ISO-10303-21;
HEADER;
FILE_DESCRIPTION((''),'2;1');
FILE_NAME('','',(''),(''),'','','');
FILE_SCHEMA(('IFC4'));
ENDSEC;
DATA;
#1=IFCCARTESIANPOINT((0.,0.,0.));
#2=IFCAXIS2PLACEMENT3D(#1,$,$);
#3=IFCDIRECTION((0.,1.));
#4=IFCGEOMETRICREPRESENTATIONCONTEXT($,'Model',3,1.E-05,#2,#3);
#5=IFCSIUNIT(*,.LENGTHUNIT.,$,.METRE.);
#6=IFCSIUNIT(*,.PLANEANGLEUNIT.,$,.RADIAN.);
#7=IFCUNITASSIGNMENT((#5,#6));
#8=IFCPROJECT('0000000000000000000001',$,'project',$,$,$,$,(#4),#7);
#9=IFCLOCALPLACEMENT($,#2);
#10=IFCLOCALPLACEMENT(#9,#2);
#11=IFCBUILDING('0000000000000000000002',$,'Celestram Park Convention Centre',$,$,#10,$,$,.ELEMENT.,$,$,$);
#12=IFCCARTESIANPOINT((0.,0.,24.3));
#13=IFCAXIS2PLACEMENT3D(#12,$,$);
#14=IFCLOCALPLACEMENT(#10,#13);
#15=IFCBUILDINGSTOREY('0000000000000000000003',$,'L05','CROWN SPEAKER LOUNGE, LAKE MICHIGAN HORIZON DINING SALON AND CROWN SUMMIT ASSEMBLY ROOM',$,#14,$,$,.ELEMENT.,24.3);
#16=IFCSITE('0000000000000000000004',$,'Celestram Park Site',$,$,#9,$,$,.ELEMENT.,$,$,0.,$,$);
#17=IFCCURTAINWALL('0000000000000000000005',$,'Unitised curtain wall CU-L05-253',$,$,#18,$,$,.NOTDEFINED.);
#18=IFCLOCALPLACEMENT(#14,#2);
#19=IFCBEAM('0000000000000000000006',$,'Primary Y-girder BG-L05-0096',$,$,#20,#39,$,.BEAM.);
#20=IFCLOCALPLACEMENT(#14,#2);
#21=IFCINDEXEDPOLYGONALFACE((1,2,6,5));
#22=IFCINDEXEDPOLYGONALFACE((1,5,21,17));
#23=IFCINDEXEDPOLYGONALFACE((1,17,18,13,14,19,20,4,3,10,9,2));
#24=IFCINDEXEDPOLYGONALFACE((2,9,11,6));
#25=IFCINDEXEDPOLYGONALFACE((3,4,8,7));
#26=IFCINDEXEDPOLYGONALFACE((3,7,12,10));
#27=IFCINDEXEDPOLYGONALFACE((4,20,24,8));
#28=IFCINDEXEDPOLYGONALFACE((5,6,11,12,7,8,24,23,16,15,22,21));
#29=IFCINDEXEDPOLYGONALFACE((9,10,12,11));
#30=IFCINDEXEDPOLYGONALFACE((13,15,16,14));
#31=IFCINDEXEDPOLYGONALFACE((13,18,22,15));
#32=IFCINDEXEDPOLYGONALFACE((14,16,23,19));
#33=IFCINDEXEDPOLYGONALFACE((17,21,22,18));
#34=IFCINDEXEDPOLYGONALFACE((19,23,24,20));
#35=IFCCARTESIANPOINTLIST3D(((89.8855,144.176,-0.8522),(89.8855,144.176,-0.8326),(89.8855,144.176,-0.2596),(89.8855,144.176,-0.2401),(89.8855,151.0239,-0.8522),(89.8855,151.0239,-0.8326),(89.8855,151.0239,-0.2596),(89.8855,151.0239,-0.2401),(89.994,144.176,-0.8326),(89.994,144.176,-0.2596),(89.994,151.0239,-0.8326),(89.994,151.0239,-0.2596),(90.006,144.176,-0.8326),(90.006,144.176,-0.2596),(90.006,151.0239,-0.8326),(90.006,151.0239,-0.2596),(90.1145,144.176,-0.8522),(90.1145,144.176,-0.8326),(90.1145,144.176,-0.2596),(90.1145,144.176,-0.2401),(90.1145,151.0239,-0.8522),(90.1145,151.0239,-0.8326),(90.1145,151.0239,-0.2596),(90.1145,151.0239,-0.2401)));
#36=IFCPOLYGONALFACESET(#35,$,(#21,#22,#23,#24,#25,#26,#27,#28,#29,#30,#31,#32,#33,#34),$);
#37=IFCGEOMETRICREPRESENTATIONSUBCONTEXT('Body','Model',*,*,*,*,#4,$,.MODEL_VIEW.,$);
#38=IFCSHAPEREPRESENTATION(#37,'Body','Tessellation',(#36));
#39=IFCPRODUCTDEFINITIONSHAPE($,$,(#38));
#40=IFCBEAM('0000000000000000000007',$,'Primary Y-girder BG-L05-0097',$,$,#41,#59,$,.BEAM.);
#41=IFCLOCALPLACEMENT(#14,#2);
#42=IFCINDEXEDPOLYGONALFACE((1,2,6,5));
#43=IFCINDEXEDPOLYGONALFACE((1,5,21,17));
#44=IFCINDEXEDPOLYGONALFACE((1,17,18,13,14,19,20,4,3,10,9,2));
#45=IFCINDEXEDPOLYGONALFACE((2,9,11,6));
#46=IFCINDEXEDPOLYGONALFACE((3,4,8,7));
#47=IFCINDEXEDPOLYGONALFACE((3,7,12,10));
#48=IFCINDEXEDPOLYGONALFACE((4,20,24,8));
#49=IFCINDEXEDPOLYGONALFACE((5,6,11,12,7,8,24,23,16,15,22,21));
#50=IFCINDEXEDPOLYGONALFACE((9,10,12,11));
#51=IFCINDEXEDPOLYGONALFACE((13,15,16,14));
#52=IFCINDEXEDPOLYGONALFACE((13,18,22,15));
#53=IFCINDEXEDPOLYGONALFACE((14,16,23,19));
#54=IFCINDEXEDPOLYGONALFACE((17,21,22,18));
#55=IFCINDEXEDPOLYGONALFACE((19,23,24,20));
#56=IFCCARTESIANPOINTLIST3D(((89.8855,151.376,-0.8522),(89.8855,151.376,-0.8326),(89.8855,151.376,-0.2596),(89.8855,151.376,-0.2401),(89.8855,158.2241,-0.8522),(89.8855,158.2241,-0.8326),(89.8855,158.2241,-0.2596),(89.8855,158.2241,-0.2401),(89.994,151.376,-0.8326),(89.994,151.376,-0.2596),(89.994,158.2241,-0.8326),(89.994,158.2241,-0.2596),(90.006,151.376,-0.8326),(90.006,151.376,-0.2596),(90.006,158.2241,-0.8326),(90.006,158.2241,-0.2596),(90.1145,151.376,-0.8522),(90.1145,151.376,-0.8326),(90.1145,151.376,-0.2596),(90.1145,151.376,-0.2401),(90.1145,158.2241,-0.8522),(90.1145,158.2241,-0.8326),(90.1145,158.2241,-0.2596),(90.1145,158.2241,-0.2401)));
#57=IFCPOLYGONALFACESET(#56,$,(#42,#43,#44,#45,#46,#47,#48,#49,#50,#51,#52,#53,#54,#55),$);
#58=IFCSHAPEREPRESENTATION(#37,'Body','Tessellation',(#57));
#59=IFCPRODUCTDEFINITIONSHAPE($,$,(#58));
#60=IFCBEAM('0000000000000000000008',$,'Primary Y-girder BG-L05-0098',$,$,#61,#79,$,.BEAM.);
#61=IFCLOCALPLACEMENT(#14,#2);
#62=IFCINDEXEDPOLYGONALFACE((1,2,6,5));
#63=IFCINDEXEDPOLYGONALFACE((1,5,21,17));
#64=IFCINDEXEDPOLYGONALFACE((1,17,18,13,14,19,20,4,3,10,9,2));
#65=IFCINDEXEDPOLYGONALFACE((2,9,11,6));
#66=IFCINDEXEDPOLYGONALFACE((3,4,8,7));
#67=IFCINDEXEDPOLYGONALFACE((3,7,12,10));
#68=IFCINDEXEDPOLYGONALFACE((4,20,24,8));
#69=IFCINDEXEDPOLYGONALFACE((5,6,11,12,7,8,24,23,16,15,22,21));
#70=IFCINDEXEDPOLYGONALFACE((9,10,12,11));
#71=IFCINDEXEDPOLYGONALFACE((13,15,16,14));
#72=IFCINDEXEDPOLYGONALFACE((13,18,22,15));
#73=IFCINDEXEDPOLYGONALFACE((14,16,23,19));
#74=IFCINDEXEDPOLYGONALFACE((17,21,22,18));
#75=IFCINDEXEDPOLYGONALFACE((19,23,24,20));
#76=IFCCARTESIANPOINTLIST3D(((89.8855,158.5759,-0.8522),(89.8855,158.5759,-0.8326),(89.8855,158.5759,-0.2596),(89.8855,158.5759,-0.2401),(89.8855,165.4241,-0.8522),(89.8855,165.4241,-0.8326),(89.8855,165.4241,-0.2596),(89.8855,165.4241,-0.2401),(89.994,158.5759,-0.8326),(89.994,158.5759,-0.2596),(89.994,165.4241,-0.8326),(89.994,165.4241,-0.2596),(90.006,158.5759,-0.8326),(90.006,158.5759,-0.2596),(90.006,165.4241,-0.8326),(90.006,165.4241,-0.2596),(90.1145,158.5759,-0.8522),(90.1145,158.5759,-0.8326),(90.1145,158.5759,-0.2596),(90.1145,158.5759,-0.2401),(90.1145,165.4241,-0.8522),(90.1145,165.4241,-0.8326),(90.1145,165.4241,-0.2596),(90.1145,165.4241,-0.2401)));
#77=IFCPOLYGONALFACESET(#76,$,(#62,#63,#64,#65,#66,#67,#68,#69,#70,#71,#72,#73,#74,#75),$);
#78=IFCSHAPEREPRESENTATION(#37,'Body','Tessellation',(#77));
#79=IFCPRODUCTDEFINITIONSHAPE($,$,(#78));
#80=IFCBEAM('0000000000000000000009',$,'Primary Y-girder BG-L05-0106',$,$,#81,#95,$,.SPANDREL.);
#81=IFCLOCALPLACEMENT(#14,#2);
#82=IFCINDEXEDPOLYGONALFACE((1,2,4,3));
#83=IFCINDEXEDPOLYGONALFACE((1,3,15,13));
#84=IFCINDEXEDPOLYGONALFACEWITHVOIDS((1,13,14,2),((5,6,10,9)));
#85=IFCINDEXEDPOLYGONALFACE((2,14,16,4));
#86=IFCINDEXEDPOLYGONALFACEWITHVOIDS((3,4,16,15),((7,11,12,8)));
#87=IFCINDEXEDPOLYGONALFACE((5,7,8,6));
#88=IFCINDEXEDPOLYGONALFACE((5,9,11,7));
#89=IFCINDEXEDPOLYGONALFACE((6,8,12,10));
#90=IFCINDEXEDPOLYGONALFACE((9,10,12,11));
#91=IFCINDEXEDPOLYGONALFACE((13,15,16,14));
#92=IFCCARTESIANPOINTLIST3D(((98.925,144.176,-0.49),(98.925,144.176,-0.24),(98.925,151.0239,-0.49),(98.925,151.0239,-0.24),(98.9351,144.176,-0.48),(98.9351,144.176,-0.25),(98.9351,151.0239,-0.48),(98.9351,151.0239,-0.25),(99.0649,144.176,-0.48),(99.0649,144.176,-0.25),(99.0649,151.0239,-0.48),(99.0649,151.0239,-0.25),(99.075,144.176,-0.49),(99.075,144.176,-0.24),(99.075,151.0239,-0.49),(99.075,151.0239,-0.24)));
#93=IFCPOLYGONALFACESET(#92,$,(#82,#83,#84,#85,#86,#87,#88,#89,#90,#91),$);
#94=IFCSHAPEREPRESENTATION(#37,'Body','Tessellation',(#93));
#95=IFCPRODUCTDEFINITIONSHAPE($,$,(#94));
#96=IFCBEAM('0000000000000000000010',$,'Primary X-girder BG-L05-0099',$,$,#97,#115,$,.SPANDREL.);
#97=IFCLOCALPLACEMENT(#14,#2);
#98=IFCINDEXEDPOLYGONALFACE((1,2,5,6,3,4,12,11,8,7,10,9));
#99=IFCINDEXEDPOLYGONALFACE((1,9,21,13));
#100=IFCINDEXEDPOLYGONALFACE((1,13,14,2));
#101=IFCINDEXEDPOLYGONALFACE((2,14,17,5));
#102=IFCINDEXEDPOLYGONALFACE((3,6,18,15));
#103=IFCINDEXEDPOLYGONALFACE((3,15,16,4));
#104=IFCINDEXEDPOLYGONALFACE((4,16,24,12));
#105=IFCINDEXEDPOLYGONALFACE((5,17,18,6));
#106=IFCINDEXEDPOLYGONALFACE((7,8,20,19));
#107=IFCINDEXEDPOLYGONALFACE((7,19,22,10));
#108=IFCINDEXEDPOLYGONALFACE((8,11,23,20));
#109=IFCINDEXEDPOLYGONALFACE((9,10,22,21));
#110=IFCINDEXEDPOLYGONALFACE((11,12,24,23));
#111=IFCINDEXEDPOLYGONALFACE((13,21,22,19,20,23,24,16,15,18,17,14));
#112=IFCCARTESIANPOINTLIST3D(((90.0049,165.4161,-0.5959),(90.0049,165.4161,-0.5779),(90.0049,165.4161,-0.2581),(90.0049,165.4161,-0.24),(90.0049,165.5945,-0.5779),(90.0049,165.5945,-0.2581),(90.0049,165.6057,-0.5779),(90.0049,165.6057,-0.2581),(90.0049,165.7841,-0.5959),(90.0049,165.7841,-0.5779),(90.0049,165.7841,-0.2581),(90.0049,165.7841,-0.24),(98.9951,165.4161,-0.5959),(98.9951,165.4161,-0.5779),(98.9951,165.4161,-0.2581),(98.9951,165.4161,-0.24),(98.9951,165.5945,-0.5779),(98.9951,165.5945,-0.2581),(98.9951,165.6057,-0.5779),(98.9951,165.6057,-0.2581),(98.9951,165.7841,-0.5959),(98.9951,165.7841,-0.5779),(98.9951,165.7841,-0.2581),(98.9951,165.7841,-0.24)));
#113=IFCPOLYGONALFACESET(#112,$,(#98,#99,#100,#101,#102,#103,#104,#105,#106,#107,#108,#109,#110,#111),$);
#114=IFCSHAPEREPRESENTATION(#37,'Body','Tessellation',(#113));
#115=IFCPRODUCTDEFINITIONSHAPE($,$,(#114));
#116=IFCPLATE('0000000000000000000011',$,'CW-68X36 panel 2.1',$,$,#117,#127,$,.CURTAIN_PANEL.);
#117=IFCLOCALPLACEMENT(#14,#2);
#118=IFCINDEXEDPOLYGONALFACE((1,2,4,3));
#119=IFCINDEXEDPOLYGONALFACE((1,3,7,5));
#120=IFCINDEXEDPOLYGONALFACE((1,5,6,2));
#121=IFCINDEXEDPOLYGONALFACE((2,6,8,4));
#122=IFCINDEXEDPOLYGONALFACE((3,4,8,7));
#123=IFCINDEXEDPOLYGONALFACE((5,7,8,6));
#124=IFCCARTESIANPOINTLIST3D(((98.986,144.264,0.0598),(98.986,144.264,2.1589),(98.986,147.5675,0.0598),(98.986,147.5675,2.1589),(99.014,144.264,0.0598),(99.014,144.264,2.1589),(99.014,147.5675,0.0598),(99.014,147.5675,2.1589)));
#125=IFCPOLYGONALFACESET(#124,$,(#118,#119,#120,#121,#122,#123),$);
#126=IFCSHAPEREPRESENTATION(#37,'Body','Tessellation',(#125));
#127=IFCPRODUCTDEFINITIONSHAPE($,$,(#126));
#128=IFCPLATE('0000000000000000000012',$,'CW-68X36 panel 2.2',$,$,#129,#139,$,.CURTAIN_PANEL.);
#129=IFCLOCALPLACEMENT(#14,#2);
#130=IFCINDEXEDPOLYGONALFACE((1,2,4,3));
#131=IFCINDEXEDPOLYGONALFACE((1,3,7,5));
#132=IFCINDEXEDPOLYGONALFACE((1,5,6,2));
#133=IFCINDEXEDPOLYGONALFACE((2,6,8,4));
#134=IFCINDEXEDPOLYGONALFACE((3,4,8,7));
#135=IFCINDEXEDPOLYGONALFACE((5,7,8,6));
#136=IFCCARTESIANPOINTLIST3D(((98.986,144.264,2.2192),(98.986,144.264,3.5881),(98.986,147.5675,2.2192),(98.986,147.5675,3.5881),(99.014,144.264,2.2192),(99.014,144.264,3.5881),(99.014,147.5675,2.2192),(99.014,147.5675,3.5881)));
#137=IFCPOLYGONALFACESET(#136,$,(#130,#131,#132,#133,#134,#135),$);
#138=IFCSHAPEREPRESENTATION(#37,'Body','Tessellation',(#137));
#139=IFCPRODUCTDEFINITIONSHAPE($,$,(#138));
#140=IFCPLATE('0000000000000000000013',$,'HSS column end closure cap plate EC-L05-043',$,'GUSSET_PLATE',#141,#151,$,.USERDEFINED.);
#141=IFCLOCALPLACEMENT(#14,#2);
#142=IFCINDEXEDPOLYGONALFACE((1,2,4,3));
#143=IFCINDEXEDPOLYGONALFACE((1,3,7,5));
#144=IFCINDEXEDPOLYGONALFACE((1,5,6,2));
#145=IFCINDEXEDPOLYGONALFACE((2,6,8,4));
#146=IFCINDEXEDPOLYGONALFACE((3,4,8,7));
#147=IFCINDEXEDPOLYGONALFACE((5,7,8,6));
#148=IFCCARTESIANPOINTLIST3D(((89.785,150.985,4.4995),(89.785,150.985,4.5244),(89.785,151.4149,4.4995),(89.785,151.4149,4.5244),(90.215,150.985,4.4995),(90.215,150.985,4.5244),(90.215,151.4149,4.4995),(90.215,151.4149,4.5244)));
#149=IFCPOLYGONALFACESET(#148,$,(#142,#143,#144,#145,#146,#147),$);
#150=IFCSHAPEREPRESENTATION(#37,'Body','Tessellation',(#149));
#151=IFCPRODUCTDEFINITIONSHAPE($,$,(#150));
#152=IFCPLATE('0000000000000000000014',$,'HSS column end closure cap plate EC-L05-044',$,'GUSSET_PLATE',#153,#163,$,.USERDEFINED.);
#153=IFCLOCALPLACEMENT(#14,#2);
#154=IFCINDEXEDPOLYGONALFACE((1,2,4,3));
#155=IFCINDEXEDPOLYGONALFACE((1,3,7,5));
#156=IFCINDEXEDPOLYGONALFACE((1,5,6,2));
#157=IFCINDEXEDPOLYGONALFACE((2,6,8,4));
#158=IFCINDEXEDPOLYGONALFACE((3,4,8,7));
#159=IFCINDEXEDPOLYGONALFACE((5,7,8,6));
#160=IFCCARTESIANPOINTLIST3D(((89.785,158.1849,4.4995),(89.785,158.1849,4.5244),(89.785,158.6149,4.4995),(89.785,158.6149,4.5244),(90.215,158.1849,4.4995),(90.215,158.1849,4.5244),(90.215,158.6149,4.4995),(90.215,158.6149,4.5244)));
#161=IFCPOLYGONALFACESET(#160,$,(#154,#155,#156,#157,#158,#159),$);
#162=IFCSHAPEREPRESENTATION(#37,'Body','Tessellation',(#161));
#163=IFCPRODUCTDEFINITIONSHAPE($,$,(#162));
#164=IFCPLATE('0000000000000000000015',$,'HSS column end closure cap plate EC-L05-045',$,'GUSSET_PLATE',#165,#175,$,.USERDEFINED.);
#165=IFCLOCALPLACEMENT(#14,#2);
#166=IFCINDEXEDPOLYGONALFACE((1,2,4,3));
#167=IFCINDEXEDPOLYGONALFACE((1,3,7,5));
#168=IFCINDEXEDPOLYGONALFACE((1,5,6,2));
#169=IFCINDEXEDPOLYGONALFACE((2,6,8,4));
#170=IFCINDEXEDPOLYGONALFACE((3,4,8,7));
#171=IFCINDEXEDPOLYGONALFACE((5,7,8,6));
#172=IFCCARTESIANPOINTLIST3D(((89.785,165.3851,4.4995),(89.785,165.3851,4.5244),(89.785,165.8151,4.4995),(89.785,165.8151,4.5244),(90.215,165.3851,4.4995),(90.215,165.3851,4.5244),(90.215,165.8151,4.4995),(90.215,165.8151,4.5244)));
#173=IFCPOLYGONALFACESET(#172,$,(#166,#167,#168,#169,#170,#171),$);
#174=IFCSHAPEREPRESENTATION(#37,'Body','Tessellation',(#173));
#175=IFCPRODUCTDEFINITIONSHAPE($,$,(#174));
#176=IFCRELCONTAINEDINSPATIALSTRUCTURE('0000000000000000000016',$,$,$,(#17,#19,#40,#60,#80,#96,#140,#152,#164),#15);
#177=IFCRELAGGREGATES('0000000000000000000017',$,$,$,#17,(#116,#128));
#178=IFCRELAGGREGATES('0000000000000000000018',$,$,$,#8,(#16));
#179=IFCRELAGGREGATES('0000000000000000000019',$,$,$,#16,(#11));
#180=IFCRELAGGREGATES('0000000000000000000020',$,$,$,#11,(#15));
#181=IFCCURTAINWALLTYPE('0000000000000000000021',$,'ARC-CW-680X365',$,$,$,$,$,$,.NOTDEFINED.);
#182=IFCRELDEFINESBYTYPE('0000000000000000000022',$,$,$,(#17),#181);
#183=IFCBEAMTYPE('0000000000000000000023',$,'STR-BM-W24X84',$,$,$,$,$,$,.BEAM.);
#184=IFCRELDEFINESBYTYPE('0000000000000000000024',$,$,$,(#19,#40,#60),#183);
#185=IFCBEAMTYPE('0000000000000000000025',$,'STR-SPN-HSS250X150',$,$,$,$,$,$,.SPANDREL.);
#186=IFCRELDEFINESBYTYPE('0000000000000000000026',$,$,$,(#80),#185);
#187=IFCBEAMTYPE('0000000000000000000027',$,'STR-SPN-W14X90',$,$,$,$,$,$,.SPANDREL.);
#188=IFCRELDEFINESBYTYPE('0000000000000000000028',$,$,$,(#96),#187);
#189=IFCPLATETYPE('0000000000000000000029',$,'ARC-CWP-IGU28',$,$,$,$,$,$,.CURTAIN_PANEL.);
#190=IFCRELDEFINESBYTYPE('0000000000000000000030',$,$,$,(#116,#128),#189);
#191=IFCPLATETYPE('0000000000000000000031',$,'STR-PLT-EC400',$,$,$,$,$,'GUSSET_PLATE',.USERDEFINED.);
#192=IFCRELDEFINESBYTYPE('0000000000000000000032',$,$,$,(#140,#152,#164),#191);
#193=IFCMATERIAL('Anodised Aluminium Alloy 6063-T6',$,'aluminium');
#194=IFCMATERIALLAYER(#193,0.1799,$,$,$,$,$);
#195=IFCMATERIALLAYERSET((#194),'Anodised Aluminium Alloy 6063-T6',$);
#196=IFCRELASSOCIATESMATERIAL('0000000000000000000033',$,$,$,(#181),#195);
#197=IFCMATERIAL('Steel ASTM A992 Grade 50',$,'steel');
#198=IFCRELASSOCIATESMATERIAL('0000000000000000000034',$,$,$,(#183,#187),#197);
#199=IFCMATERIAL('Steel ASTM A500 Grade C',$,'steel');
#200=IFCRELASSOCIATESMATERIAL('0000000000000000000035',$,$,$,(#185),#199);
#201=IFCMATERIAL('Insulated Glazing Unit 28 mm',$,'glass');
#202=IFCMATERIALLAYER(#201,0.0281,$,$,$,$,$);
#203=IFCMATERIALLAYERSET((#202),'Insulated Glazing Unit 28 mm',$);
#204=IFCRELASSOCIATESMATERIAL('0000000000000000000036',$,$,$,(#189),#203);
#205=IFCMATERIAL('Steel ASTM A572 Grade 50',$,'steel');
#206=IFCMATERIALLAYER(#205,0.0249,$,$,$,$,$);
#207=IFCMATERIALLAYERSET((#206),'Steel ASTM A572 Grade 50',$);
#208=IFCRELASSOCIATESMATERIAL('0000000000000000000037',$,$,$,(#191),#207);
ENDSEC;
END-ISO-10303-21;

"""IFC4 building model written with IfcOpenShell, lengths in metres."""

from ifc_helpers import new_model, si_unit, direction, frame, origin, origin_2d, place, context, subcontext, project, spatial, rectangle, hollow_rectangle, i_section, extrude, material, layer, layer_set, material_profile, profile_set, type_object, element, aggregate, save


model = new_model("IFC4")

# Units and contexts
model_context = context("Model", 3, precision=1e-05, world=origin(), true_north=direction((0.0, 1.0)))
body_context = subcontext(model_context, "Body", "Model", "MODEL_VIEW")
ifc_project = project(units=[si_unit("LENGTHUNIT", "METRE"), si_unit("PLANEANGLEUNIT", "RADIAN")], contexts=[model_context])

# Site, building, storey
site_placement = place(None, origin())
site = spatial("IfcSite", under=ifc_project, at=site_placement, Name="Celestram Park Site", CompositionType="ELEMENT", RefElevation=0.0)
building_placement = place(site_placement, origin())
building = spatial("IfcBuilding", under=site, at=building_placement, Name="Celestram Park Convention Centre", CompositionType="ELEMENT")
storey_placement = place(building_placement, frame((0.0, 0.0, 24.3)))
storey = spatial("IfcBuildingStorey", under=building, at=storey_placement, Name="L05", Description="CROWN SPEAKER LOUNGE, LAKE MICHIGAN HORIZON DINING SALON AND CROWN SUMMIT ASSEMBLY ROOM", CompositionType="ELEMENT", Elevation=24.3)

# Shared definitions
ifc_material_1 = material(Name="Steel ASTM A500 Grade C", Category="steel")

# Curtain wall
ifc_material_2 = material(Name="Anodised Aluminium Alloy 6063-T6", Category="aluminium")
ifc_layer_1 = layer(ifc_material_2, 0.1799)
ifc_layer_set_1 = layer_set([ifc_layer_1], Name="Anodised Aluminium Alloy 6063-T6")
curtain_wall_type = type_object("IfcCurtainWallType", Name="ARC-CW-680X365", PredefinedType="NOTDEFINED", material=ifc_layer_set_1)
curtain_wall_placement = place(storey_placement, origin())
curtain_wall = element("IfcCurtainWall", 1, at=curtain_wall_placement, inside=storey, type_object=curtain_wall_type, Name="Unitised curtain wall CU-L05-253", PredefinedType="NOTDEFINED")

# Beams
ifc_material_3 = material(Name="Steel ASTM A992 Grade 50", Category="steel")
ifc_material_profile_1 = material_profile(ifc_material_3, i_section(OverallWidth=0.229, OverallDepth=0.6121, WebThickness=0.012, FlangeThickness=0.0195, at=origin_2d()), Name="W24X84")
ifc_profile_set_1 = profile_set([ifc_material_profile_1], Name="Steel ASTM A992 Grade 50")
beam_type_1 = type_object("IfcBeamType", Name="STR-BM-W24X84", PredefinedType="BEAM", material=ifc_profile_set_1)
beam_1_placement = place(storey_placement, frame((90.0, 144.176, -0.5461), z_axis=(0.0, 1.0, 0.0), x_axis=(-1.0, 0.0, 0.0)))
element("IfcBeam", 2, at=beam_1_placement, inside=storey, type_object=beam_type_1, Name="Primary Y-girder BG-L05-0096", PredefinedType="BEAM", context=body_context, shape_type="SweptSolid", body=[
    extrude(i_section(OverallWidth=0.229, OverallDepth=0.6121, WebThickness=0.012, FlangeThickness=0.0195, at=origin_2d()), origin(), (0.0, 0.0, 1.0), 6.8479),
])
for number, where, z_axis, x_axis, name in (
    (3, (90.0, 151.376, -0.5461), (0.0, 1.0, 0.0), (-1.0, 0.0, 0.0), "Primary Y-girder BG-L05-0097"),
    (4, (90.0, 158.5759, -0.5461), (0.0, 1.0, 0.0), (-1.0, 0.0, 0.0), "Primary Y-girder BG-L05-0098"),
):
    element("IfcBeam", number, at=place(storey_placement, frame(where, z_axis=z_axis, x_axis=x_axis)), inside=storey, type_object=beam_type_1, Name=name, PredefinedType="BEAM", context=body_context, shape_type="SweptSolid", body=[
        extrude(i_section(OverallWidth=0.229, OverallDepth=0.6121, WebThickness=0.012, FlangeThickness=0.0195, at=origin_2d()), origin(), (0.0, 0.0, 1.0), 6.8481),
    ])
ifc_material_profile_2 = material_profile(ifc_material_1, hollow_rectangle(XDim=0.1499, YDim=0.25, WallThickness=0.01, at=origin_2d()), Name="HSS250X150X10")
ifc_profile_set_2 = profile_set([ifc_material_profile_2], Name="Steel ASTM A500 Grade C")
beam_type_2 = type_object("IfcBeamType", Name="STR-SPN-HSS250X150", PredefinedType="SPANDREL", material=ifc_profile_set_2)
beam_2_placement = place(storey_placement, frame((99.0, 144.176, -0.365), z_axis=(0.0, 1.0, 0.0), x_axis=(-1.0, 0.0, 0.0)))
element("IfcBeam", 5, at=beam_2_placement, inside=storey, type_object=beam_type_2, Name="Primary Y-girder BG-L05-0106", PredefinedType="SPANDREL", context=body_context, shape_type="SweptSolid", body=[
    extrude(hollow_rectangle(XDim=0.1499, YDim=0.25, WallThickness=0.01, at=origin_2d()), origin(), (0.0, 0.0, 1.0), 6.8479),
])
ifc_material_profile_3 = material_profile(ifc_material_3, i_section(OverallWidth=0.3679, OverallDepth=0.356, WebThickness=0.0112, FlangeThickness=0.0181, at=origin_2d()), Name="W14X90")
ifc_profile_set_3 = profile_set([ifc_material_profile_3], Name="Steel ASTM A992 Grade 50")
beam_type_3 = type_object("IfcBeamType", Name="STR-SPN-W14X90", PredefinedType="SPANDREL", material=ifc_profile_set_3)
beam_3_placement = place(storey_placement, frame((90.0049, 165.6001, -0.418), z_axis=(1.0, 0.0, 0.0), x_axis=(0.0, 1.0, 0.0)))
element("IfcBeam", 6, at=beam_3_placement, inside=storey, type_object=beam_type_3, Name="Primary X-girder BG-L05-0099", PredefinedType="SPANDREL", context=body_context, shape_type="SweptSolid", body=[
    extrude(i_section(OverallWidth=0.3679, OverallDepth=0.356, WebThickness=0.0112, FlangeThickness=0.0181, at=origin_2d()), origin(), (0.0, 0.0, 1.0), 8.9902),
])

# Plates
ifc_material_4 = material(Name="Insulated Glazing Unit 28 mm", Category="glass")
ifc_layer_2 = layer(ifc_material_4, 0.0281)
ifc_layer_set_2 = layer_set([ifc_layer_2], Name="Insulated Glazing Unit 28 mm")
plate_type_1 = type_object("IfcPlateType", Name="ARC-CWP-IGU28", PredefinedType="CURTAIN_PANEL", material=ifc_layer_set_2)
plate_1_placement = place(storey_placement, frame((99.0, 145.9158, 0.0598), z_axis=(0.0, 0.0, 1.0), x_axis=(0.0, -1.0, 0.0)))
plate_1 = element("IfcPlate", 7, at=plate_1_placement, type_object=plate_type_1, Name="CW-68X36 panel 2.1", PredefinedType="CURTAIN_PANEL", context=body_context, shape_type="SweptSolid", body=[
    extrude(rectangle(XDim=3.3035, YDim=0.0281, at=origin_2d()), origin(), (0.0, 0.0, 1.0), 2.0991),
])
plate_2_placement = place(storey_placement, frame((99.0, 145.9158, 2.2192), z_axis=(0.0, 0.0, 1.0), x_axis=(0.0, -1.0, 0.0)))
plate_2 = element("IfcPlate", 8, at=plate_2_placement, type_object=plate_type_1, Name="CW-68X36 panel 2.2", PredefinedType="CURTAIN_PANEL", context=body_context, shape_type="SweptSolid", body=[
    extrude(rectangle(XDim=3.3035, YDim=0.0281, at=origin_2d()), origin(), (0.0, 0.0, 1.0), 1.3689),
])
aggregate(curtain_wall, [plate_1, plate_2])

# Plates
ifc_material_5 = material(Name="Steel ASTM A572 Grade 50", Category="steel")
ifc_layer_3 = layer(ifc_material_5, 0.0249)
ifc_layer_set_3 = layer_set([ifc_layer_3], Name="Steel ASTM A572 Grade 50")
plate_type_2 = type_object("IfcPlateType", Name="STR-PLT-EC400", ElementType="GUSSET_PLATE", PredefinedType="USERDEFINED", material=ifc_layer_set_3)
for number, where, z_axis, x_axis, name in (
    (9, (90.0, 151.2, 4.4995), (0.0, 0.0, 1.0), (1.0, 0.0, 0.0), "HSS column end closure cap plate EC-L05-043"),
    (10, (90.0, 158.3999, 4.4995), (0.0, 0.0, 1.0), (1.0, 0.0, 0.0), "HSS column end closure cap plate EC-L05-044"),
    (11, (90.0, 165.6001, 4.4995), (0.0, 0.0, 1.0), (1.0, 0.0, 0.0), "HSS column end closure cap plate EC-L05-045"),
):
    element("IfcPlate", number, at=place(storey_placement, frame(where, z_axis=z_axis, x_axis=x_axis)), inside=storey, type_object=plate_type_2, Name=name, ObjectType="GUSSET_PLATE", PredefinedType="USERDEFINED", context=body_context, shape_type="SweptSolid", body=[
        extrude(rectangle(XDim=0.4299, YDim=0.4299, at=origin_2d()), origin(), (0.0, 0.0, 1.0), 0.0249),
    ])

save(model, "model.ifc")
